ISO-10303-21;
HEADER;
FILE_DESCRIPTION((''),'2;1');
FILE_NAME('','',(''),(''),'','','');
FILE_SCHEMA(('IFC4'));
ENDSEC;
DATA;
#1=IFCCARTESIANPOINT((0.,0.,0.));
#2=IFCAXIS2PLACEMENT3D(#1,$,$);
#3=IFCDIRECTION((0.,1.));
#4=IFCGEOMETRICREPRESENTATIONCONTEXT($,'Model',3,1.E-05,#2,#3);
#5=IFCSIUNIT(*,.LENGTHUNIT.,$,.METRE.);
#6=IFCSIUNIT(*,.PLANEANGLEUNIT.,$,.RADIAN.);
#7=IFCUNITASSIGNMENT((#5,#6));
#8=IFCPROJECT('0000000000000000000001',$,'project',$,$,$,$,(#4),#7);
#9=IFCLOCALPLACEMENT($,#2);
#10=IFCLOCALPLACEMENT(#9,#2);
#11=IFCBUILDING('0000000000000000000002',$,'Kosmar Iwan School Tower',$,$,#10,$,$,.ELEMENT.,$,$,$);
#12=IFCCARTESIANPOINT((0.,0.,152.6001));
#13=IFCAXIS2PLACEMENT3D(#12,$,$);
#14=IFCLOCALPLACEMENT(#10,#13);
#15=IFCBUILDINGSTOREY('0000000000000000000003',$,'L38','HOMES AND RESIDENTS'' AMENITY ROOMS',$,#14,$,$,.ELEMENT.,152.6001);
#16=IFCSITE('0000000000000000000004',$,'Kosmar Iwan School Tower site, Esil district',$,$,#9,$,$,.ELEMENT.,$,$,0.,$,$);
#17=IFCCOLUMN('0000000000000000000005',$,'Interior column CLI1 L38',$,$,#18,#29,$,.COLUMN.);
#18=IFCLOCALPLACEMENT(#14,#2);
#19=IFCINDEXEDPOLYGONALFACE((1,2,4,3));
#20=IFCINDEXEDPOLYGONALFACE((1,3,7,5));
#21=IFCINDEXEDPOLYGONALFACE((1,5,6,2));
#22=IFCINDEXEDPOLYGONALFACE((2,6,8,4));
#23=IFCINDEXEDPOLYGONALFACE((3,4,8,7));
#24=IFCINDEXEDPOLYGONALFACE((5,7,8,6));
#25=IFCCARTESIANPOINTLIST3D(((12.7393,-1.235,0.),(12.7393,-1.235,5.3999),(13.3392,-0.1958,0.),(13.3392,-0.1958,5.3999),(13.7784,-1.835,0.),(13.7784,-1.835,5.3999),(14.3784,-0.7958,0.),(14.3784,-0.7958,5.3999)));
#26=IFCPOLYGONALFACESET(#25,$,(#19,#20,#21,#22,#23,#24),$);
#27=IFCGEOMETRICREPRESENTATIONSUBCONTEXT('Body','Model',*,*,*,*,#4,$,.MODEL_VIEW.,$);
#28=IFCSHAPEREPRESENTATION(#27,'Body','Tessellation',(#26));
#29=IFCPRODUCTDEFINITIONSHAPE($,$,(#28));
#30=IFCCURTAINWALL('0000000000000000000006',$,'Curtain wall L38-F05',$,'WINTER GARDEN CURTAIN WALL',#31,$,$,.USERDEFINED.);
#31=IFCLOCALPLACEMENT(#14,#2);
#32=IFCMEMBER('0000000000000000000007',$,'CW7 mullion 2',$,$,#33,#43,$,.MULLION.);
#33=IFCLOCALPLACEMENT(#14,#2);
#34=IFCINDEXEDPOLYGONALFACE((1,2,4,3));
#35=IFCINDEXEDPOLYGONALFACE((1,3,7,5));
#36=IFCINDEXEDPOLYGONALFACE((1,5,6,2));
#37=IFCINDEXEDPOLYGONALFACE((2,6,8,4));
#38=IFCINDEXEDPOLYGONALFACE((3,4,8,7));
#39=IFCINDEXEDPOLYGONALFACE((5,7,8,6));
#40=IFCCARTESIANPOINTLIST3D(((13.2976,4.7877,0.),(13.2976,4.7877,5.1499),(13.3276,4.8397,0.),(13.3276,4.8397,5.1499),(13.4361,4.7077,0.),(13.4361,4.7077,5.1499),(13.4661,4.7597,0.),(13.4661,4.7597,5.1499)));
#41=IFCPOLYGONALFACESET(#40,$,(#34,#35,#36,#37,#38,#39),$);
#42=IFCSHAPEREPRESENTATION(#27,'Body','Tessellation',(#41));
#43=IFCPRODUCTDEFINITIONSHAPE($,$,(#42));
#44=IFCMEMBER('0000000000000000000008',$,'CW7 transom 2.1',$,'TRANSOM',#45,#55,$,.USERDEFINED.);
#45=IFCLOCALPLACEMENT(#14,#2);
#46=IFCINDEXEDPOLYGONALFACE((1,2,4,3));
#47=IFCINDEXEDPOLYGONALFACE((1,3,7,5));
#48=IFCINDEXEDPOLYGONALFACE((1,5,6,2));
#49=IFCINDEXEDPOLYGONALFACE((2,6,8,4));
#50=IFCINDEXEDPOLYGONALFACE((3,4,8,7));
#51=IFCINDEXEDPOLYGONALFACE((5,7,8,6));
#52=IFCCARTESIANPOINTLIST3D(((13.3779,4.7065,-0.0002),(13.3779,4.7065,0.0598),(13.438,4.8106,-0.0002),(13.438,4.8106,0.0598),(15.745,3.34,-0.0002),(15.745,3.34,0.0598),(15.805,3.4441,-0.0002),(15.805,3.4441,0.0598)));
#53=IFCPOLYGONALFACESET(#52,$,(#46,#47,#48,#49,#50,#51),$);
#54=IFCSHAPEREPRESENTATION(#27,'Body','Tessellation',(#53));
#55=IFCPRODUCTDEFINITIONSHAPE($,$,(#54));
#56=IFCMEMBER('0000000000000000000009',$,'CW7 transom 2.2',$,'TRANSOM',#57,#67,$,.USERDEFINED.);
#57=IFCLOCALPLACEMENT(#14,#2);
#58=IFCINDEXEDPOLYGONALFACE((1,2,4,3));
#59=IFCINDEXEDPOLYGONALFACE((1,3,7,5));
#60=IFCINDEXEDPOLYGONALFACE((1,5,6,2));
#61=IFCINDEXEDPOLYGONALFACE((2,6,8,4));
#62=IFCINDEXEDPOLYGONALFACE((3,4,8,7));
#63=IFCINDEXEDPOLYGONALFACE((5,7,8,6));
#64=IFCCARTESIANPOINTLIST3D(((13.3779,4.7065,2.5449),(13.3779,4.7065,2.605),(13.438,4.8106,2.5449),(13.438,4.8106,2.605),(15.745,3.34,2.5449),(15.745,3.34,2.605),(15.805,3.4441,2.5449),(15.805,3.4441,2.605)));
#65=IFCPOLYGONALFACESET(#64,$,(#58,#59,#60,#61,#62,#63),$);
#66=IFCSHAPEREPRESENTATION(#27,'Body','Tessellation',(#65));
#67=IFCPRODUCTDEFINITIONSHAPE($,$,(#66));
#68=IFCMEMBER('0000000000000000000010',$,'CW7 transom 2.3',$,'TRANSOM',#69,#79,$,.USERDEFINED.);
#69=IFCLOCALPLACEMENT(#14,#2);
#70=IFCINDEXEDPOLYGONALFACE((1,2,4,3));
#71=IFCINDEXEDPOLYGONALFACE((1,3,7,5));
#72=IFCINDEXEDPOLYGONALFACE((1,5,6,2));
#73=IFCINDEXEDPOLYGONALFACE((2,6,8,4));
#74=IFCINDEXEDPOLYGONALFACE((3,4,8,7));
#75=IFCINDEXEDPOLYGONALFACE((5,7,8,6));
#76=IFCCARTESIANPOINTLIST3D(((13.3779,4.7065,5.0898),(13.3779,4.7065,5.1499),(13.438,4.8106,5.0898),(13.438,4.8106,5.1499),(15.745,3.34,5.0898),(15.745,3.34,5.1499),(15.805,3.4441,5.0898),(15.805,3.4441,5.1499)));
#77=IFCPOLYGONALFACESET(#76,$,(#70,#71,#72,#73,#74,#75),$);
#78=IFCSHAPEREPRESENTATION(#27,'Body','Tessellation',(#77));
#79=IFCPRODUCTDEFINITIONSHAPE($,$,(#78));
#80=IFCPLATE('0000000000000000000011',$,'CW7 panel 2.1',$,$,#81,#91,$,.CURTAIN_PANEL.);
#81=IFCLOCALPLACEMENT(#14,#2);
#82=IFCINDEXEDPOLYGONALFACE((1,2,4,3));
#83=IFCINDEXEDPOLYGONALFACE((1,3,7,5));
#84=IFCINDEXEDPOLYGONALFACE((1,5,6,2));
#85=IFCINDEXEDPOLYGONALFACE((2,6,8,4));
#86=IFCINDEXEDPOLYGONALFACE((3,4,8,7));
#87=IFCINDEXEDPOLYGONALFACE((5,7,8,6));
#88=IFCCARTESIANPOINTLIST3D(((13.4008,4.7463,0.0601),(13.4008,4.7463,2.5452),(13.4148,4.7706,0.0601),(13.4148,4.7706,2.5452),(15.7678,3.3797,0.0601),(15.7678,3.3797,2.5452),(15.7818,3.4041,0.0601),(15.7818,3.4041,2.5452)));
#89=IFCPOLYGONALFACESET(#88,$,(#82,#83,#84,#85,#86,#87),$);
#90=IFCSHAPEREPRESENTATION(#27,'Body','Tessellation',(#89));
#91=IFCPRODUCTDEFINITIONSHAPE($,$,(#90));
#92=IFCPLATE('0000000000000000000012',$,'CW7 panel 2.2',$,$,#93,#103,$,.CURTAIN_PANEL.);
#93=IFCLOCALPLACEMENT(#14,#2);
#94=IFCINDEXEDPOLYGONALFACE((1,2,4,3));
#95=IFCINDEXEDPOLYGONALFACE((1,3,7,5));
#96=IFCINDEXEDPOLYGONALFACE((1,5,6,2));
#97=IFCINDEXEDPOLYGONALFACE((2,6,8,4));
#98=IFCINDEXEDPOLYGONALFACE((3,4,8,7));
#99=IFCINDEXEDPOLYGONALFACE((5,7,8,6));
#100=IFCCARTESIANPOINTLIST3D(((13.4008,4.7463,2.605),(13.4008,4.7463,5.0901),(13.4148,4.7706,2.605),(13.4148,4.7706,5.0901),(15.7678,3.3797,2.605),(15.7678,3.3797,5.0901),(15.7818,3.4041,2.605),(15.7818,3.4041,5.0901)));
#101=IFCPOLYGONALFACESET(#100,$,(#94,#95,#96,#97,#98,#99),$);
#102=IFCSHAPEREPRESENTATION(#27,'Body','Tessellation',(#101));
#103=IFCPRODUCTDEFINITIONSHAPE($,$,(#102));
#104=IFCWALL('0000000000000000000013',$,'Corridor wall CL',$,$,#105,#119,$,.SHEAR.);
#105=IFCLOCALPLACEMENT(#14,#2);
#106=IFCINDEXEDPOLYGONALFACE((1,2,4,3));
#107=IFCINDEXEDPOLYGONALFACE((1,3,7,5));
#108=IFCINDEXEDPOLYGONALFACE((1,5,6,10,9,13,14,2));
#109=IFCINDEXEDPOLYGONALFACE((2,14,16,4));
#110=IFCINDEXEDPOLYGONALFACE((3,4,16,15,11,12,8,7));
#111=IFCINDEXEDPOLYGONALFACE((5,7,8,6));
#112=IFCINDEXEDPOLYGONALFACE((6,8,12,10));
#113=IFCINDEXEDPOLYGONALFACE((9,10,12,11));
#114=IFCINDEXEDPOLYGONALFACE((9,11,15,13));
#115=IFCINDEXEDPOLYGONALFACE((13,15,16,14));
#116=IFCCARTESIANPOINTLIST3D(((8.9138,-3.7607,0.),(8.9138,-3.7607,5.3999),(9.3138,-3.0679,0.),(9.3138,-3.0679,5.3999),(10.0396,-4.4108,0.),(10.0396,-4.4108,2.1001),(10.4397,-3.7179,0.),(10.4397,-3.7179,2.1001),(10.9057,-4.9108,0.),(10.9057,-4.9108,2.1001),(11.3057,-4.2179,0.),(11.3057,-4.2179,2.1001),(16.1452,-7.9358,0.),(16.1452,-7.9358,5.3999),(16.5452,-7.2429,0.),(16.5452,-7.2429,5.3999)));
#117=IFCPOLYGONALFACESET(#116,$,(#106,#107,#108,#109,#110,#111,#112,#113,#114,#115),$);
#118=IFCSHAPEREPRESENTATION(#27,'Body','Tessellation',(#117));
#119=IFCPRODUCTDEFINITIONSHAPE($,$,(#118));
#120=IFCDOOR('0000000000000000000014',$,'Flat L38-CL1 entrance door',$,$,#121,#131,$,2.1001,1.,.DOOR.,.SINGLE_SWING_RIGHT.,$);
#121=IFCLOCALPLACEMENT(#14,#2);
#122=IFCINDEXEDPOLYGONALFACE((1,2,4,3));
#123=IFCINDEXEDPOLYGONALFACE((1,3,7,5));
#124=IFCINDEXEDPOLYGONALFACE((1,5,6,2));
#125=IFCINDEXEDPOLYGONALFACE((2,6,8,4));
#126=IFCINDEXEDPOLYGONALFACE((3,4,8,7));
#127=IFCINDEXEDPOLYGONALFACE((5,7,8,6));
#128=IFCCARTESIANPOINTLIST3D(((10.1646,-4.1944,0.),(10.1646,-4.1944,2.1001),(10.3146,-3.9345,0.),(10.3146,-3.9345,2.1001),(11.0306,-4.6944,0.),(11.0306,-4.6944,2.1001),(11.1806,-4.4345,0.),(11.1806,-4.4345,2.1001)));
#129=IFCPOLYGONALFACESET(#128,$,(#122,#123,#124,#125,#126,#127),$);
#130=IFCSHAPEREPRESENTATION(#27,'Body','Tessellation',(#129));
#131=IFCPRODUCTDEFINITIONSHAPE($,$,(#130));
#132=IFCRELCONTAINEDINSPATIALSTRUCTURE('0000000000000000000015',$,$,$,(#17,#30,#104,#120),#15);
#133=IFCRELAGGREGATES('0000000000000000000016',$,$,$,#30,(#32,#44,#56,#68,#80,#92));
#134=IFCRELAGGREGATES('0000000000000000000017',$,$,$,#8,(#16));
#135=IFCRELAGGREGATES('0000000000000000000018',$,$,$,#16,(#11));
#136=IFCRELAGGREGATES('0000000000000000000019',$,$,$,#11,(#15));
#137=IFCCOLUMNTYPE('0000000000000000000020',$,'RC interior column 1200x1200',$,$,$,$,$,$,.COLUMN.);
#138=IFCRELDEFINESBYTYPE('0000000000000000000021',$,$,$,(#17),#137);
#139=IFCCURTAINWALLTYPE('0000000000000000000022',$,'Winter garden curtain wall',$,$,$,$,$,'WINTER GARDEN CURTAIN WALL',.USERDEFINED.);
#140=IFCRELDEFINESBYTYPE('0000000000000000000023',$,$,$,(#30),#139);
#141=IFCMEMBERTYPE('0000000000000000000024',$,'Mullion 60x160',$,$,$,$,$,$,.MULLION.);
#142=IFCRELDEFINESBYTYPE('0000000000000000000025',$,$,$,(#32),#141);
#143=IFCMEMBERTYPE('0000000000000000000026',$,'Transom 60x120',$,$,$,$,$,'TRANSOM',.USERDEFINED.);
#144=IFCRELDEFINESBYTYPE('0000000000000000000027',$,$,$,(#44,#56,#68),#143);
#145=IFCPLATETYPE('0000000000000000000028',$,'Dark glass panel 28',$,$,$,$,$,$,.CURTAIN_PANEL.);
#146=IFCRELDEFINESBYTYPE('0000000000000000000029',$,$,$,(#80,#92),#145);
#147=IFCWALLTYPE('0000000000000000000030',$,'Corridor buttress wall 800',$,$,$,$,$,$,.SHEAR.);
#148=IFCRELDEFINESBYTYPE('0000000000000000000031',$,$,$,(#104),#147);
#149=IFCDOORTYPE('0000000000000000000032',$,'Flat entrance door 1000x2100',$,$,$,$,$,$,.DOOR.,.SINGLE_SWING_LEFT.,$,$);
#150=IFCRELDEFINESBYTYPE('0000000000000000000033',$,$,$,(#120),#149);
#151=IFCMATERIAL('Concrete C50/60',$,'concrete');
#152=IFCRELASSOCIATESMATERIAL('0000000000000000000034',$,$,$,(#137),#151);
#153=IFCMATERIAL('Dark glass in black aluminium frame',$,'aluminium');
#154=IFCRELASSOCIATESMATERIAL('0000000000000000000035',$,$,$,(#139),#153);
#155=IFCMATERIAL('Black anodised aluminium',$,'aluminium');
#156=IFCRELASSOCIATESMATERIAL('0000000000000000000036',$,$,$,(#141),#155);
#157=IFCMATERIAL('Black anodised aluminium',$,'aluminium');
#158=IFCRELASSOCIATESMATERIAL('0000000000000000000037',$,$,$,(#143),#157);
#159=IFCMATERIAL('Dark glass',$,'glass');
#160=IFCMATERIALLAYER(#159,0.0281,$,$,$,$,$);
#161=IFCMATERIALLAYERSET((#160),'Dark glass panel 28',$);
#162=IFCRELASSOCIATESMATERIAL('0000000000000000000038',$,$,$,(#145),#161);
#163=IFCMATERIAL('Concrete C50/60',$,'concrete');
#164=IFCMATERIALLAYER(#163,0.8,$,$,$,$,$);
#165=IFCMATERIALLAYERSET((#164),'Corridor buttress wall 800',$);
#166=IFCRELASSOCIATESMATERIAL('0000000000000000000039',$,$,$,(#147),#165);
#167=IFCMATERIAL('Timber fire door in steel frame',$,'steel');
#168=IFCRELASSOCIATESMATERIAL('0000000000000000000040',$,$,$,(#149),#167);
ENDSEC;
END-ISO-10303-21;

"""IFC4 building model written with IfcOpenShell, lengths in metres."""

from ifc_helpers import new_model, si_unit, direction, frame, frame_2d, origin, origin_2d, place, context, subcontext, project, spatial, rectangle, extrude, material, layer, layer_set, material_profile, profile_set, type_object, element, fill, aggregate, save


model = new_model("IFC4")

# Units and contexts
model_context = context("Model", 3, precision=1e-05, world=origin(), true_north=direction((0.0, 1.0)))
body_context = subcontext(model_context, "Body", "Model", "MODEL_VIEW")
ifc_project = project(units=[si_unit("LENGTHUNIT", "METRE"), si_unit("PLANEANGLEUNIT", "RADIAN")], contexts=[model_context])

# Site, building, storey
site_placement = place(None, origin())
site = spatial("IfcSite", under=ifc_project, at=site_placement, Name="Kosmar Iwan School Tower site, Esil district", CompositionType="ELEMENT", RefElevation=0.0)
building_placement = place(site_placement, origin())
building = spatial("IfcBuilding", under=site, at=building_placement, Name="Kosmar Iwan School Tower", CompositionType="ELEMENT")
storey_placement = place(building_placement, frame((0.0, 0.0, 152.6001)))
storey = spatial("IfcBuildingStorey", under=building, at=storey_placement, Name="L38", Description="HOMES AND RESIDENTS' AMENITY ROOMS", CompositionType="ELEMENT", Elevation=152.6001)

# Column
ifc_material_1 = material(Name="Concrete C50/60", Category="concrete")
ifc_material_profile_1 = material_profile(ifc_material_1, rectangle(XDim=1.2, YDim=1.2, at=origin_2d()), Name="RC 1200x1200")
ifc_profile_set_1 = profile_set([ifc_material_profile_1], Name="Concrete C50/60")
column_type = type_object("IfcColumnType", Name="RC interior column 1200x1200", PredefinedType="COLUMN", material=ifc_profile_set_1)
column_placement = place(storey_placement, frame((13.5588, -1.0154, 0.0), z_axis=(0.0, 0.0, 1.0), x_axis=(0.866025, -0.5, 0.0)))
element("IfcColumn", 1, at=column_placement, inside=storey, type_object=column_type, Name="Interior column CLI1 L38", PredefinedType="COLUMN", context=body_context, shape_type="SweptSolid", body=[
    extrude(rectangle(XDim=1.2, YDim=1.2, at=origin_2d()), origin(), (0.0, 0.0, 1.0), 5.3999),
])

# Curtain wall, members, plates
ifc_material_2 = material(Name="Dark glass in black aluminium frame", Category="aluminium")
curtain_wall_type = type_object("IfcCurtainWallType", Name="Winter garden curtain wall", ElementType="WINTER GARDEN CURTAIN WALL", PredefinedType="USERDEFINED", material=ifc_material_2)
curtain_wall_placement = place(storey_placement, origin())
curtain_wall = element("IfcCurtainWall", 2, at=curtain_wall_placement, inside=storey, type_object=curtain_wall_type, Name="Curtain wall L38-F05", ObjectType="WINTER GARDEN CURTAIN WALL", PredefinedType="USERDEFINED")
ifc_material_3 = material(Name="Black anodised aluminium", Category="aluminium")
ifc_material_profile_2 = material_profile(ifc_material_3, rectangle(XDim=0.0601, YDim=0.1599, at=origin_2d()), Name="MULLION 60x160")
ifc_profile_set_2 = profile_set([ifc_material_profile_2], Name="Black anodised aluminium")
member_type_1 = type_object("IfcMemberType", Name="Mullion 60x160", PredefinedType="MULLION", material=ifc_profile_set_2)
member_1_placement = place(storey_placement, frame((13.3818, 4.7737, 0.0), z_axis=(0.0, 0.0, 1.0), x_axis=(0.5, 0.866025, 0.0)))
member_1 = element("IfcMember", 3, at=member_1_placement, type_object=member_type_1, Name="CW7 mullion 2", PredefinedType="MULLION", context=body_context, shape_type="SweptSolid", body=[
    extrude(rectangle(XDim=0.0601, YDim=0.1599, at=origin_2d()), origin(), (0.0, 0.0, 1.0), 5.1499),
])
ifc_material_4 = material(Name="Black anodised aluminium", Category="aluminium")
ifc_material_profile_3 = material_profile(ifc_material_4, rectangle(XDim=0.1201, YDim=0.0601, at=origin_2d()), Name="TRANSOM 60x120")
ifc_profile_set_3 = profile_set([ifc_material_profile_3], Name="Black anodised aluminium")
member_type_2 = type_object("IfcMemberType", Name="Transom 60x120", ElementType="TRANSOM", PredefinedType="USERDEFINED", material=ifc_profile_set_3)
member_2_placement = place(storey_placement, frame((13.408, 4.7585, 0.0298), z_axis=(0.866041, -0.499972, 0.0), x_axis=(0.499972, 0.866041, 0.0)))
member_2 = element("IfcMember", 4, at=member_2_placement, type_object=member_type_2, Name="CW7 transom 2.1", ObjectType="TRANSOM", PredefinedType="USERDEFINED", context=body_context, shape_type="SweptSolid", body=[
    extrude(rectangle(XDim=0.1201, YDim=0.0601, at=origin_2d()), origin(), (0.0, 0.0, 1.0), 2.7332),
])
member_3_placement = place(storey_placement, frame((13.408, 4.7585, 2.575), z_axis=(0.866041, -0.499972, 0.0), x_axis=(0.499972, 0.866041, 0.0)))
member_3 = element("IfcMember", 5, at=member_3_placement, type_object=member_type_2, Name="CW7 transom 2.2", ObjectType="TRANSOM", PredefinedType="USERDEFINED", context=body_context, shape_type="SweptSolid", body=[
    extrude(rectangle(XDim=0.1201, YDim=0.0601, at=origin_2d()), origin(), (0.0, 0.0, 1.0), 2.7332),
])
member_4_placement = place(storey_placement, frame((13.408, 4.7585, 5.1199), z_axis=(0.866041, -0.499972, 0.0), x_axis=(0.499972, 0.866041, 0.0)))
member_4 = element("IfcMember", 6, at=member_4_placement, type_object=member_type_2, Name="CW7 transom 2.3", ObjectType="TRANSOM", PredefinedType="USERDEFINED", context=body_context, shape_type="SweptSolid", body=[
    extrude(rectangle(XDim=0.1201, YDim=0.0601, at=origin_2d()), origin(), (0.0, 0.0, 1.0), 2.7332),
])
ifc_material_5 = material(Name="Dark glass", Category="glass")
ifc_layer_1 = layer(ifc_material_5, 0.0281)
ifc_layer_set_1 = layer_set([ifc_layer_1], Name="Dark glass panel 28")
plate_type = type_object("IfcPlateType", Name="Dark glass panel 28", PredefinedType="CURTAIN_PANEL", material=ifc_layer_set_1)
plate_1_placement = place(storey_placement, frame((14.5913, 4.0752, 0.0601), z_axis=(0.0, 0.0, 1.0), x_axis=(0.866025, -0.5, 0.0)))
plate_1 = element("IfcPlate", 7, at=plate_1_placement, type_object=plate_type, Name="CW7 panel 2.1", PredefinedType="CURTAIN_PANEL", context=body_context, shape_type="SweptSolid", body=[
    extrude(rectangle(XDim=2.7332, YDim=0.0281, at=origin_2d()), origin(), (0.0, 0.0, 1.0), 2.4851),
])
plate_2_placement = place(storey_placement, frame((14.5913, 4.0752, 2.605), z_axis=(0.0, 0.0, 1.0), x_axis=(0.866025, -0.5, 0.0)))
plate_2 = element("IfcPlate", 8, at=plate_2_placement, type_object=plate_type, Name="CW7 panel 2.2", PredefinedType="CURTAIN_PANEL", context=body_context, shape_type="SweptSolid", body=[
    extrude(rectangle(XDim=2.7332, YDim=0.0281, at=origin_2d()), origin(), (0.0, 0.0, 1.0), 2.4851),
])
aggregate(curtain_wall, [member_1, member_2, member_3, member_4, plate_1, plate_2])

# Wall, opening, door
ifc_material_6 = material(Name="Concrete C50/60", Category="concrete")
ifc_layer_2 = layer(ifc_material_6, 0.8)
ifc_layer_set_2 = layer_set([ifc_layer_2], Name="Corridor buttress wall 800")
wall_type_1 = type_object("IfcWallType", Name="Corridor buttress wall 800", PredefinedType="SHEAR", material=ifc_layer_set_2)
wall_1_placement = place(storey_placement, frame((9.1138, -3.4143, 0.0), z_axis=(0.0, 0.0, 1.0), x_axis=(0.866027, -0.499997, 0.0)))
wall_1 = element("IfcWall", 9, at=wall_1_placement, inside=storey, type_object=wall_type_1, Name="Corridor wall CL", PredefinedType="SHEAR", context=body_context, shape_type="SweptSolid", body=[
    extrude(rectangle(XDim=8.3501, YDim=0.8, at=frame_2d((4.175, 0.0))), origin(), (0.0, 0.0, 1.0), 5.3999),
])
opening_1_placement = place(wall_1_placement, frame((1.3, 0.0, 0.0)))
opening_1 = element("IfcOpeningElement", 10, at=opening_1_placement, cuts=wall_1, PredefinedType="OPENING", context=body_context, shape_type="SweptSolid", body=[
    extrude(rectangle(XDim=1.0, YDim=2.1001, at=frame_2d((0.5, 1.05))), frame((0.0, 0.4121, 0.0), z_axis=(0.0, -1.0, 0.0), x_axis=(1.0, 0.0, 0.0)), (0.0, 0.0, 1.0), 0.824),
])
ifc_material_7 = material(Name="Timber fire door in steel frame", Category="steel")
door_type_1 = type_object("IfcDoorType", Name="Flat entrance door 1000x2100", OperationType="SINGLE_SWING_LEFT", PredefinedType="DOOR", material=ifc_material_7)
door_1_placement = place(opening_1_placement, origin())
door_1 = element("IfcDoor", 11, at=door_1_placement, inside=storey, type_object=door_type_1, Name="Flat L38-CL1 entrance door", OperationType="SINGLE_SWING_RIGHT", OverallHeight=2.1001, OverallWidth=1.0, PredefinedType="DOOR", context=body_context, shape_type="SweptSolid", body=[
    extrude(rectangle(XDim=1.0, YDim=2.1001, at=frame_2d((0.5, 1.05))), frame((0.0, 0.1499, 0.0), z_axis=(0.0, -1.0, 0.0), x_axis=(1.0, 0.0, 0.0)), (0.0, 0.0, 1.0), 0.3),
])
fill(opening_1, door_1)

save(model, "model.ifc")
